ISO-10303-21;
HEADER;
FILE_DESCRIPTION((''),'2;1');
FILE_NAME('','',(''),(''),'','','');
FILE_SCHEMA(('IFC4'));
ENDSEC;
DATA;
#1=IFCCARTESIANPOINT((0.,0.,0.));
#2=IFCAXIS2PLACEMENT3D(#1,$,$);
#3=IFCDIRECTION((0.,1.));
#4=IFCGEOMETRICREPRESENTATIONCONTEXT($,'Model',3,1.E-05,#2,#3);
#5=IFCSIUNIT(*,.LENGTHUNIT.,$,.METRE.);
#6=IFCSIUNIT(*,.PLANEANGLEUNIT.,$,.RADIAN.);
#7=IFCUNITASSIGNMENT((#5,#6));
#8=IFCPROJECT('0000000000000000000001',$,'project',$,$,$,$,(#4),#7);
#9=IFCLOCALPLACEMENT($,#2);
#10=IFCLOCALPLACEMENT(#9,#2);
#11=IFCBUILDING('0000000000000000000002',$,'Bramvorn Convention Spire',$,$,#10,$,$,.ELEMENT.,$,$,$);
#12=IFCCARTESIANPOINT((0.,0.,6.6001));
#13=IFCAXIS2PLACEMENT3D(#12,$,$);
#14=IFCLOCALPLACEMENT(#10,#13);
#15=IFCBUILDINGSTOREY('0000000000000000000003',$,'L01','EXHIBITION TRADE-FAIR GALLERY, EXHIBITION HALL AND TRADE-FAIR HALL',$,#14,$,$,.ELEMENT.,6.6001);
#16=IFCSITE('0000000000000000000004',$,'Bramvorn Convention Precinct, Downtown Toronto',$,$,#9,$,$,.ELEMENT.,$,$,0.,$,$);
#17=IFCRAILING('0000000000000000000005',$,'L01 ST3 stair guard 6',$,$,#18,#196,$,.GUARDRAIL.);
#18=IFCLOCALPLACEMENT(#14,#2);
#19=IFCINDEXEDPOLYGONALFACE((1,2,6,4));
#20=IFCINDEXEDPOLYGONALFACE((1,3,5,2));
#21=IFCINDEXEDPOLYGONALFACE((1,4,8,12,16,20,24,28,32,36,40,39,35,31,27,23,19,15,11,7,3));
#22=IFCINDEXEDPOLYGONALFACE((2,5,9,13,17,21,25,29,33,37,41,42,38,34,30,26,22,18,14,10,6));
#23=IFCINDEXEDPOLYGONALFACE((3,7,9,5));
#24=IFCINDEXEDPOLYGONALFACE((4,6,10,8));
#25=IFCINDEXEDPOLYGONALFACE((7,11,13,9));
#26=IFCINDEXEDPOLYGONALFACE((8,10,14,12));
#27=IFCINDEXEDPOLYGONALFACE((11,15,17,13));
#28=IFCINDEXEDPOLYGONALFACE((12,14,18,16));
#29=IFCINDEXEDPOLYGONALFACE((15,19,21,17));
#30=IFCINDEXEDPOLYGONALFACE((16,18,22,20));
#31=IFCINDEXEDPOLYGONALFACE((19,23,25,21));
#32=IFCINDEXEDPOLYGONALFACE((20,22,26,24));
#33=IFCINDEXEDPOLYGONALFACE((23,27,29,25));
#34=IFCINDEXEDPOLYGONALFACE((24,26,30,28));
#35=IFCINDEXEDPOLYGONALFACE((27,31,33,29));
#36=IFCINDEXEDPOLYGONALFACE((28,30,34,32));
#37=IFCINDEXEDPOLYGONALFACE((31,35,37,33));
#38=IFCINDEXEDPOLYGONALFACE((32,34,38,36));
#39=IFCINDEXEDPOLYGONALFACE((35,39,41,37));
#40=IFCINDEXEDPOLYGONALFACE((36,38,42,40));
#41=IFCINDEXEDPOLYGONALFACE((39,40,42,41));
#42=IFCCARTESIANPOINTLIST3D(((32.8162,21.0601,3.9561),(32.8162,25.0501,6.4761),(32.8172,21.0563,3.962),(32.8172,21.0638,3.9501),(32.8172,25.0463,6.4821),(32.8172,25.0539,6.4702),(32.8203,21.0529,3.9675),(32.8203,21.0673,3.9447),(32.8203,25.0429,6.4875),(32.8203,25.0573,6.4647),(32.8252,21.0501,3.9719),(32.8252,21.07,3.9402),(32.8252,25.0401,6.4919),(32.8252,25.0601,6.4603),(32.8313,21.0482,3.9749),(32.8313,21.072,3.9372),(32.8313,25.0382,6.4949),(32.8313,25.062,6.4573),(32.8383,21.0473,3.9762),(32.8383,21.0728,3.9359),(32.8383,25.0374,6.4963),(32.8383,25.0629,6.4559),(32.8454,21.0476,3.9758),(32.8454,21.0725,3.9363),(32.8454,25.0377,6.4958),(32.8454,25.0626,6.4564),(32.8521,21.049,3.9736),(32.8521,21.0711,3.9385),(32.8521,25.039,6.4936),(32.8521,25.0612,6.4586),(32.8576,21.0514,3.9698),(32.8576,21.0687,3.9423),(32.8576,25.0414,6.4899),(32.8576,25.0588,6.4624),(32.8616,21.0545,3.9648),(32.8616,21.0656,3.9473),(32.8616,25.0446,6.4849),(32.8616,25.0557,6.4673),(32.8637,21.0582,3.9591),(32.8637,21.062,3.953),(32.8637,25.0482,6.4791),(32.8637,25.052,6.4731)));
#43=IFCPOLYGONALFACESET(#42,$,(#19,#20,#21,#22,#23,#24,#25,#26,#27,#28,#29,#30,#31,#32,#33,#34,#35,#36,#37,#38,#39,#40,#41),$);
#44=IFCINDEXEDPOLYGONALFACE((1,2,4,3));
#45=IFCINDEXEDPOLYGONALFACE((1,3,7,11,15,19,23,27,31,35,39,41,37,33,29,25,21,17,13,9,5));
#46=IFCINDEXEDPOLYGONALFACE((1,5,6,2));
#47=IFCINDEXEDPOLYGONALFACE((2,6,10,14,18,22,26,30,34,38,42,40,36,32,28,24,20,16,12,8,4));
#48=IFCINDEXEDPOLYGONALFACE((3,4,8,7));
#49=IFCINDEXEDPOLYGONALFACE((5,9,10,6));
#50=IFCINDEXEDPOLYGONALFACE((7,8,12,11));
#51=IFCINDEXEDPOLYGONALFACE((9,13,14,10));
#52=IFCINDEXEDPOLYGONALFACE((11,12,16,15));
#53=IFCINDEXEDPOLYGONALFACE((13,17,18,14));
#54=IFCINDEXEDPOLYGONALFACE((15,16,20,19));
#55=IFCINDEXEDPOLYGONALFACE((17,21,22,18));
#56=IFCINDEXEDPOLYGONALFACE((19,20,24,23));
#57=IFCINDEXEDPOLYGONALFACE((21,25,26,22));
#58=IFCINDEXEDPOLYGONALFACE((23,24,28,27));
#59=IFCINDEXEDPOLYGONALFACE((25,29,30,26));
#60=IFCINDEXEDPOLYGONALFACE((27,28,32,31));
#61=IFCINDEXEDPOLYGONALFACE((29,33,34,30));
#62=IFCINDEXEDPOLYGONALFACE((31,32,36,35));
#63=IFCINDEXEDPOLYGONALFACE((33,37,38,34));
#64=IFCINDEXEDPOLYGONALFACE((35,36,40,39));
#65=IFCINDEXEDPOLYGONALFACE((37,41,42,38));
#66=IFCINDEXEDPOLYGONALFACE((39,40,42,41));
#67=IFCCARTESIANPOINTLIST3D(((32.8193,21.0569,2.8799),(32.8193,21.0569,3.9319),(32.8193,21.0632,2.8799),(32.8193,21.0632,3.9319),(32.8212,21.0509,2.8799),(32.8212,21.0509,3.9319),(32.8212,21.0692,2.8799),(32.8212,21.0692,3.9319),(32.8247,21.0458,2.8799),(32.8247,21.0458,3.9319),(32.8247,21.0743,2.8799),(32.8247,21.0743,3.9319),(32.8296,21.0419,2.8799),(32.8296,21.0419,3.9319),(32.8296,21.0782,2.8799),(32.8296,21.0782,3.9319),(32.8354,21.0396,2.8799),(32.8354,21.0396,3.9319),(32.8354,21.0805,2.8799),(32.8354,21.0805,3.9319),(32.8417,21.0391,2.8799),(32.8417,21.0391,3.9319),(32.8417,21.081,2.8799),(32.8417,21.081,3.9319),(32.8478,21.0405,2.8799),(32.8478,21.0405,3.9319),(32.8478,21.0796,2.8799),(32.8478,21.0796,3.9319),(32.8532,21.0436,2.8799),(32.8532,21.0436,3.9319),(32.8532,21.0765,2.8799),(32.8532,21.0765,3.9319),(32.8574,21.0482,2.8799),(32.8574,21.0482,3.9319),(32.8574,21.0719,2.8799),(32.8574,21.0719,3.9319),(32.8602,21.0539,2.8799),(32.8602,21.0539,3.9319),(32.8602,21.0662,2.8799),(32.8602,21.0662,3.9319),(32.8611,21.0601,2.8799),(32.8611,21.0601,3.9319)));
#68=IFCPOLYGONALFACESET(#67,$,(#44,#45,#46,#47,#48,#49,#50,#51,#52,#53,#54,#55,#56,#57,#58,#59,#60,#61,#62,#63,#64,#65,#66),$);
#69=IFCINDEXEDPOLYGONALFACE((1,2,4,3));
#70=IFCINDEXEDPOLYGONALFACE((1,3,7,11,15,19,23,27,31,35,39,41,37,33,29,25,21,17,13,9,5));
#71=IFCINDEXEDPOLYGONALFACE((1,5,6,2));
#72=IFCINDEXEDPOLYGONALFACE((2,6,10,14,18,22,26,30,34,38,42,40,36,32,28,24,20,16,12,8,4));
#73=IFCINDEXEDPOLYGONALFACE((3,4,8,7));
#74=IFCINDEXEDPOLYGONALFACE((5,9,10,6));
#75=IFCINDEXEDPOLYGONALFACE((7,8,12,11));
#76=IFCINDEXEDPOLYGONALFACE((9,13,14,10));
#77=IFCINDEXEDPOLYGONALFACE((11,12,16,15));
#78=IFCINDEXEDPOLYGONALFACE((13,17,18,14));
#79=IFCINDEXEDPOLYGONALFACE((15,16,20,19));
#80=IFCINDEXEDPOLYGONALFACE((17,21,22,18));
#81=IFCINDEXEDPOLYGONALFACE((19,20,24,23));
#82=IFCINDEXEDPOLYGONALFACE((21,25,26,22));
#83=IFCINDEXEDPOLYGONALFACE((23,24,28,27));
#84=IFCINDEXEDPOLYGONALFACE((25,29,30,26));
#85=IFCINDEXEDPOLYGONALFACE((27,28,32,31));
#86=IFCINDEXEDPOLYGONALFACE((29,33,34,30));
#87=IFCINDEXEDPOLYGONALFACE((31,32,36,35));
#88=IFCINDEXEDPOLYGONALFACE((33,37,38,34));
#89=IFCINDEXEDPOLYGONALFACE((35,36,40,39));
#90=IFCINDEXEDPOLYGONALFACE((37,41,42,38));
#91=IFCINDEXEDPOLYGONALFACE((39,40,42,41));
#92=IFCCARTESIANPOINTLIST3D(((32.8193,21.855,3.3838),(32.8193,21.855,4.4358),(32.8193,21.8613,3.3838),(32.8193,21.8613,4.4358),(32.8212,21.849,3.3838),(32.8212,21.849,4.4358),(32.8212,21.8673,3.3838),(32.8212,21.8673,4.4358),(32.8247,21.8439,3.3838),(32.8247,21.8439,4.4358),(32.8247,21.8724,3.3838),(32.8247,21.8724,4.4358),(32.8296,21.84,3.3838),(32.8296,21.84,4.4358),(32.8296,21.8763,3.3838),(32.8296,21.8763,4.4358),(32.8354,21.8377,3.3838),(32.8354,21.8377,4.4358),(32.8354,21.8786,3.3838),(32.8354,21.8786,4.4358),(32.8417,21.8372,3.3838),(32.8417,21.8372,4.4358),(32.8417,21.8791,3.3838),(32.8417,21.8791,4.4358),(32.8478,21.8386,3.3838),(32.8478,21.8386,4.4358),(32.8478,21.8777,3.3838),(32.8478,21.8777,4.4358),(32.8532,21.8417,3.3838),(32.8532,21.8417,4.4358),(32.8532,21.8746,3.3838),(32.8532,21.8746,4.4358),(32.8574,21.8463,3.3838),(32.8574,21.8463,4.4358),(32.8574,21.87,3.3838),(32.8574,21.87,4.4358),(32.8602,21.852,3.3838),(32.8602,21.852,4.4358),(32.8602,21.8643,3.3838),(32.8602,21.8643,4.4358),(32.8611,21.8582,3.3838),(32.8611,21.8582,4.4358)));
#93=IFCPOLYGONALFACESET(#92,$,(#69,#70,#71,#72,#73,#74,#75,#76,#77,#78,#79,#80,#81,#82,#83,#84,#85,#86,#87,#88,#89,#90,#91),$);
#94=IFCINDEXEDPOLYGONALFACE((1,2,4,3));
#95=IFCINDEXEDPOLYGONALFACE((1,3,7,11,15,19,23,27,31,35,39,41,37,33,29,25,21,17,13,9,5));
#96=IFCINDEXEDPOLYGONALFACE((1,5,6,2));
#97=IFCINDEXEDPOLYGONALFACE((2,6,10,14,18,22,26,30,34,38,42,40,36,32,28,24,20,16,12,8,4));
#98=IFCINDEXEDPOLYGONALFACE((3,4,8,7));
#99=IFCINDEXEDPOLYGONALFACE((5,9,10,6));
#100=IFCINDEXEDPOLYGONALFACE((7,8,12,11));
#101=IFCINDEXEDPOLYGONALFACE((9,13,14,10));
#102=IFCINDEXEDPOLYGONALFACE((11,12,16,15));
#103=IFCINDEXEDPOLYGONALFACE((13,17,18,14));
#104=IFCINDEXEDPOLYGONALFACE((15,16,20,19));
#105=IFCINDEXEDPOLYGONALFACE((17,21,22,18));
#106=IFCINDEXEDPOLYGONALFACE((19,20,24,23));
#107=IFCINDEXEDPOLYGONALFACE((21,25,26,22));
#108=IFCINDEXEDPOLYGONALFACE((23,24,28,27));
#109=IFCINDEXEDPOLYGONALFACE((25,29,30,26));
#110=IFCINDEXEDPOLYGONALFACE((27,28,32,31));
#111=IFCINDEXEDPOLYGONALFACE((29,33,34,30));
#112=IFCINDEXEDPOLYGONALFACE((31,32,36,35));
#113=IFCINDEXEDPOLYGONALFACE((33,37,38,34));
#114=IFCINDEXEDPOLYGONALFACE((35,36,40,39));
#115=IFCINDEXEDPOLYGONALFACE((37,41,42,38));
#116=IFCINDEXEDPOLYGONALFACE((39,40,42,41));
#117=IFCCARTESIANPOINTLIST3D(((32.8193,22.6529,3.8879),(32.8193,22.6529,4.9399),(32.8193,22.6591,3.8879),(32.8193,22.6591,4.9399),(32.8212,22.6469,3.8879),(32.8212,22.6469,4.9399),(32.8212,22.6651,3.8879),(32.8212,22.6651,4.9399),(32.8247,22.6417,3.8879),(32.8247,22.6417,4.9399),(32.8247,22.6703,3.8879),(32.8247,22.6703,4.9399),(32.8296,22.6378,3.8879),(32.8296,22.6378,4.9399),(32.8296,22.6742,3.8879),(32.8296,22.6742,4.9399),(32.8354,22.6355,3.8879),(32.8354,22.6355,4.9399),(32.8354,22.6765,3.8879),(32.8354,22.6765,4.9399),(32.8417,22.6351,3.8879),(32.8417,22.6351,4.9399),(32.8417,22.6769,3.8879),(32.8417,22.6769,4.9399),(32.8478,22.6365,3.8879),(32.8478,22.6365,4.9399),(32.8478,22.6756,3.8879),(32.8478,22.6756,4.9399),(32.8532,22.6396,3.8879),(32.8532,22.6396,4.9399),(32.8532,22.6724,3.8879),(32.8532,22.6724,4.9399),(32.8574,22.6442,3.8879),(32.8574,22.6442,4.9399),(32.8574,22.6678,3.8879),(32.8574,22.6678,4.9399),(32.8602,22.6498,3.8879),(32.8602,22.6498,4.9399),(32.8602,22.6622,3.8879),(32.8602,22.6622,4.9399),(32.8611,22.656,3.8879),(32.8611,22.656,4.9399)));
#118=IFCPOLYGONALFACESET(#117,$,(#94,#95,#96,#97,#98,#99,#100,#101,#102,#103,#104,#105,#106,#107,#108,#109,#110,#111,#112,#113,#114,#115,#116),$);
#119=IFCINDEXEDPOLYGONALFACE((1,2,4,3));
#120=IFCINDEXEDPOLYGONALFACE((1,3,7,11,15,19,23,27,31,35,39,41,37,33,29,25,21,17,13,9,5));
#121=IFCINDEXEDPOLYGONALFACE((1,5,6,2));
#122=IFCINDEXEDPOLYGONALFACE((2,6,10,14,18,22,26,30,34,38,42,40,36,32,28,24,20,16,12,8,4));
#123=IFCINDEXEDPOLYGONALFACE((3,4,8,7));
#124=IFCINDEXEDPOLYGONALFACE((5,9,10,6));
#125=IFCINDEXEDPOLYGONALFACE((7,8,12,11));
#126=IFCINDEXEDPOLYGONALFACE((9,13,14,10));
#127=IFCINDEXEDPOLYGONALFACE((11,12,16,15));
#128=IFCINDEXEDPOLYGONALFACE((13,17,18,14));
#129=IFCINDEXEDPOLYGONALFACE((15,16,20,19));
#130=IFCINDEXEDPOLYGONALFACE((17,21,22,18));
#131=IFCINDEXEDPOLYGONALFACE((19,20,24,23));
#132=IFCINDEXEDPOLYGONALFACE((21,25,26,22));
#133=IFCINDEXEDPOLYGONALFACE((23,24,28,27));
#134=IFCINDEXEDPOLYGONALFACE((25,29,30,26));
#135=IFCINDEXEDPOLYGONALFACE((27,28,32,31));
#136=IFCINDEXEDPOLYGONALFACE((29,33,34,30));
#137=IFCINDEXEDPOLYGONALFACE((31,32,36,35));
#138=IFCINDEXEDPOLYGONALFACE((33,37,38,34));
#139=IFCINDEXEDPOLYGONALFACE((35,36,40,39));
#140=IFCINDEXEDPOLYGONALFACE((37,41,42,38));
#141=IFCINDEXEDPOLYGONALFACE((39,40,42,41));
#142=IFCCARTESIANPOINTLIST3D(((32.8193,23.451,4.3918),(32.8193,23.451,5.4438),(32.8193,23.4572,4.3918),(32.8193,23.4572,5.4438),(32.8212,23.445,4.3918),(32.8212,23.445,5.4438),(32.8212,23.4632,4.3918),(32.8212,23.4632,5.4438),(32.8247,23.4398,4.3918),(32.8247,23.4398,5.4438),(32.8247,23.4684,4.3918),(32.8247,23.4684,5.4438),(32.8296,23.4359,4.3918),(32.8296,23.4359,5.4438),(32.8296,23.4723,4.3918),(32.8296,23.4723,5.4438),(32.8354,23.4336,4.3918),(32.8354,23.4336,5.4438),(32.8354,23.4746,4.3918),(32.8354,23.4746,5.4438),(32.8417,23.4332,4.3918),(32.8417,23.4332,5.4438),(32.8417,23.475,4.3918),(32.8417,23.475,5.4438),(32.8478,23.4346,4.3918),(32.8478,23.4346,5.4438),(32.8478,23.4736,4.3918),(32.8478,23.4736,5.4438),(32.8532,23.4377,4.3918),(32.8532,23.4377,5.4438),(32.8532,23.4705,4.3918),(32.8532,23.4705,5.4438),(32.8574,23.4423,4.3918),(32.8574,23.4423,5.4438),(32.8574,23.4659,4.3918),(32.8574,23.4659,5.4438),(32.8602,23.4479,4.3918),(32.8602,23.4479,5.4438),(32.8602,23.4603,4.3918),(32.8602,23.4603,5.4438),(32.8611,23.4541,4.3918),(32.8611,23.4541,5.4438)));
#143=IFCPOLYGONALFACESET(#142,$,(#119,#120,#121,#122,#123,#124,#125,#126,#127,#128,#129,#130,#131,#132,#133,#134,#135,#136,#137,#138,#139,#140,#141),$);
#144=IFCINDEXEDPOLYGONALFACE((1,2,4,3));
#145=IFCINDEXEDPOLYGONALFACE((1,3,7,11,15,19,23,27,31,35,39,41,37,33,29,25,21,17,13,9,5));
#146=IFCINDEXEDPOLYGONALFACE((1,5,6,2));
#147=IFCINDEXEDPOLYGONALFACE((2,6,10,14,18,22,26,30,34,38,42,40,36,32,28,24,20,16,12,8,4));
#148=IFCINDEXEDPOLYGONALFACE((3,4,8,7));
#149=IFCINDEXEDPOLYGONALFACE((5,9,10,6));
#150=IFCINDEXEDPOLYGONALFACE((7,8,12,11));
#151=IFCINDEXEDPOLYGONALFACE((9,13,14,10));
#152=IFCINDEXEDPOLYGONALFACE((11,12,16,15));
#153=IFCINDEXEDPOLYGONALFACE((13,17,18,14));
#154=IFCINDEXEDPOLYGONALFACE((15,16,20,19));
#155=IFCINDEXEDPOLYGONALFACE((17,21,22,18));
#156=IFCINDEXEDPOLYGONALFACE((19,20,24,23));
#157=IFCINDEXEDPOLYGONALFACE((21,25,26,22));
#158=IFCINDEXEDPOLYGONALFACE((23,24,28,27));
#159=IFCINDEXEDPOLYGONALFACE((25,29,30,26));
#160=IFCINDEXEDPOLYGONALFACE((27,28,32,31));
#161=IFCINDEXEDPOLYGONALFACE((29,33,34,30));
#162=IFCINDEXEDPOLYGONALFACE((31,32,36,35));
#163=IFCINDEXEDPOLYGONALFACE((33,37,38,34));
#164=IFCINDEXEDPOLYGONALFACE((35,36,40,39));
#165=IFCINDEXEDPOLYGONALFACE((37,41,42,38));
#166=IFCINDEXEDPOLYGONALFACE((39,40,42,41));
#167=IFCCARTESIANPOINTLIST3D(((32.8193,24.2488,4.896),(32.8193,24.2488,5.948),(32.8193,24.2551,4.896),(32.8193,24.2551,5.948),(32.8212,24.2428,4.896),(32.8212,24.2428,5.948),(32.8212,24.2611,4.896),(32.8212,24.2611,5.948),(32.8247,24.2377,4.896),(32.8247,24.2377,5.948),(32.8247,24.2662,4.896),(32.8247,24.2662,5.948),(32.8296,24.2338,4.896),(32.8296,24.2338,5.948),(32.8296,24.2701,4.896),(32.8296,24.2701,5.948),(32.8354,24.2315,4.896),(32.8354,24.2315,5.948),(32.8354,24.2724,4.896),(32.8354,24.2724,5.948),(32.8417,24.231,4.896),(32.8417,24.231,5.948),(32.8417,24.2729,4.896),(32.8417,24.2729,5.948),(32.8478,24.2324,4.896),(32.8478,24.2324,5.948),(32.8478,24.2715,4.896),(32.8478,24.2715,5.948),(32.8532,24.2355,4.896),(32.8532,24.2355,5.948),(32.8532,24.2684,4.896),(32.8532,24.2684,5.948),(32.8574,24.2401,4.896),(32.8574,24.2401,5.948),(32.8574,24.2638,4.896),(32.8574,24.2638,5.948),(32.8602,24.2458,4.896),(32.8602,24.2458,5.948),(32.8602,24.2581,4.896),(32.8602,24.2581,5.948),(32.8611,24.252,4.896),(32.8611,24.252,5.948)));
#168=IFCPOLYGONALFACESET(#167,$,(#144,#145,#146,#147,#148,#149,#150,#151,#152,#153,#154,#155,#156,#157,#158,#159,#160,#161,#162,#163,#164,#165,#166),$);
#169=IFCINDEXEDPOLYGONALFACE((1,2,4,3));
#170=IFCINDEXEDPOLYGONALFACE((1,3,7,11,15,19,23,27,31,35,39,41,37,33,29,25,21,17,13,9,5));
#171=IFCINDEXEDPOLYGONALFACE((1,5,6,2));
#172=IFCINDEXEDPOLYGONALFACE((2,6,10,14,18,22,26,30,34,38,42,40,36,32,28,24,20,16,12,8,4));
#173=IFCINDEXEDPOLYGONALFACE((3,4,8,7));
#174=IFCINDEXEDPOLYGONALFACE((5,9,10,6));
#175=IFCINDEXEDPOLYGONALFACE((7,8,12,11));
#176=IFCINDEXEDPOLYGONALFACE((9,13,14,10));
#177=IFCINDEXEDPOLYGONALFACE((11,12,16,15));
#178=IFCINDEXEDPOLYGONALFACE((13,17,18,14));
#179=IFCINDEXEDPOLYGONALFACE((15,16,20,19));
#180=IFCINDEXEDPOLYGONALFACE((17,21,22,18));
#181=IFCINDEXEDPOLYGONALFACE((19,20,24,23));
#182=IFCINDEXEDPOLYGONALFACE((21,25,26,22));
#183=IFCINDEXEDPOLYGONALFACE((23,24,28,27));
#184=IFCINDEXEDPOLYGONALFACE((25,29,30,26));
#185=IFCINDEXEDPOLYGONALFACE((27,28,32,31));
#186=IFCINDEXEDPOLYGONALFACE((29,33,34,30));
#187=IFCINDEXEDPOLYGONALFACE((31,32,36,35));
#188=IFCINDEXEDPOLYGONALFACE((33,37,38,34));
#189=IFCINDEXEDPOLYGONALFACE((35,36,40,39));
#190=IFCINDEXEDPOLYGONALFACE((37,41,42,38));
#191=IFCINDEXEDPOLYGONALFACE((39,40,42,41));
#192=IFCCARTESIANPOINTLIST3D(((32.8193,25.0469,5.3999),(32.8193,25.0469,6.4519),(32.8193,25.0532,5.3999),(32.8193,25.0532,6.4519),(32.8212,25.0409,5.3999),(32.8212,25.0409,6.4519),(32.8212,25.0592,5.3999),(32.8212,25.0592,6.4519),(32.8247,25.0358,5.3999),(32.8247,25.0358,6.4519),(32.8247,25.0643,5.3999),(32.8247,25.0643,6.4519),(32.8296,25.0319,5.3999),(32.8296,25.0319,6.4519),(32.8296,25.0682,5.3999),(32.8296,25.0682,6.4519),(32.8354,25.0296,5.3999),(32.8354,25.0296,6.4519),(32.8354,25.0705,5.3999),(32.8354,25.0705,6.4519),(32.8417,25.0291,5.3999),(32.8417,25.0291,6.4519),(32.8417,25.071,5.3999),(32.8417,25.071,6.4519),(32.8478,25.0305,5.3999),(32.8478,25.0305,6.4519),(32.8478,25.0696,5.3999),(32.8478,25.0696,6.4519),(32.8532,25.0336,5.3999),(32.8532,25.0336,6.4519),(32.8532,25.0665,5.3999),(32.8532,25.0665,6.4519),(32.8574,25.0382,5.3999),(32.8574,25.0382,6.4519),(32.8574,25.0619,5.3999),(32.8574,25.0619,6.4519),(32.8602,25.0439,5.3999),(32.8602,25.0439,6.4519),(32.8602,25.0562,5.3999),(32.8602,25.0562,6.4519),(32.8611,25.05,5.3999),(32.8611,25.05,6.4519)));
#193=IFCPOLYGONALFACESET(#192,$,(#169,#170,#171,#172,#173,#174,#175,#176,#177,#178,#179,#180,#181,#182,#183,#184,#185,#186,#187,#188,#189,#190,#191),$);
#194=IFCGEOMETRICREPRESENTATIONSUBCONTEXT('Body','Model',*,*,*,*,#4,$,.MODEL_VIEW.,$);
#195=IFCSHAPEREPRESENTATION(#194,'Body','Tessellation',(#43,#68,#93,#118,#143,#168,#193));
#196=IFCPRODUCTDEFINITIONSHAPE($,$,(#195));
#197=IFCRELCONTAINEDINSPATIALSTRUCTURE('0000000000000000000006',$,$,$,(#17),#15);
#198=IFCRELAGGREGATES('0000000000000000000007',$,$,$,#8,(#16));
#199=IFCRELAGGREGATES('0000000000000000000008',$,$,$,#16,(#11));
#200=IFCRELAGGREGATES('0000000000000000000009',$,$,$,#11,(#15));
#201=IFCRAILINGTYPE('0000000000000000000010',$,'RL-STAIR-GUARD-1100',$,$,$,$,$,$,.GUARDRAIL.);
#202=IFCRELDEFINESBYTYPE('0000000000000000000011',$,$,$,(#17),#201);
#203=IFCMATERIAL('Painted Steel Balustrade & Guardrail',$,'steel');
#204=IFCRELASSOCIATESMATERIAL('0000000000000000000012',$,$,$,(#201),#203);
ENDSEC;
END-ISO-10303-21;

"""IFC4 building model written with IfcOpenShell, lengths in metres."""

from ifc_helpers import new_model, si_unit, direction, frame, origin, origin_2d, place, context, subcontext, project, spatial, circle, extrude, material, type_object, element, save


model = new_model("IFC4")

# Units and contexts
model_context = context("Model", 3, precision=1e-05, world=origin(), true_north=direction((0.0, 1.0)))
body_context = subcontext(model_context, "Body", "Model", "MODEL_VIEW")
ifc_project = project(units=[si_unit("LENGTHUNIT", "METRE"), si_unit("PLANEANGLEUNIT", "RADIAN")], contexts=[model_context])

# Site, building, storey
site_placement = place(None, origin())
site = spatial("IfcSite", under=ifc_project, at=site_placement, Name="Bramvorn Convention Precinct, Downtown Toronto", CompositionType="ELEMENT", RefElevation=0.0)
building_placement = place(site_placement, origin())
building = spatial("IfcBuilding", under=site, at=building_placement, Name="Bramvorn Convention Spire", CompositionType="ELEMENT")
storey_placement = place(building_placement, frame((0.0, 0.0, 6.6001)))
storey = spatial("IfcBuildingStorey", under=building, at=storey_placement, Name="L01", Description="EXHIBITION TRADE-FAIR GALLERY, EXHIBITION HALL AND TRADE-FAIR HALL", CompositionType="ELEMENT", Elevation=6.6001)

# Railing
ifc_material_1 = material(Name="Painted Steel Balustrade & Guardrail", Category="steel")
railing_type_1 = type_object("IfcRailingType", Name="RL-STAIR-GUARD-1100", PredefinedType="GUARDRAIL", material=ifc_material_1)
railing_1_placement = place(storey_placement, frame((32.8401, 21.0601, 2.8799)))
element("IfcRailing", 1, at=railing_1_placement, inside=storey, type_object=railing_type_1, Name="L01 ST3 stair guard 6", PredefinedType="GUARDRAIL", context=body_context, shape_type="SweptSolid", body=[
    extrude(circle(Radius=0.0239, at=origin_2d()), frame((0.0, 0.0, 1.0762), z_axis=(0.0, 0.845486, 0.533997), x_axis=(-1.0, 0.0, 0.0)), (0.0, 0.0, 1.0), 4.7192),
    extrude(circle(Radius=0.021, at=origin_2d()), origin(), (0.0, 0.0, 1.0), 1.052),
    extrude(circle(Radius=0.021, at=origin_2d()), frame((0.0, 0.7981, 0.5039)), (0.0, 0.0, 1.0), 1.052),
    extrude(circle(Radius=0.021, at=origin_2d()), frame((0.0, 1.5959, 1.0081)), (0.0, 0.0, 1.0), 1.052),
    extrude(circle(Radius=0.021, at=origin_2d()), frame((0.0, 2.394, 1.512)), (0.0, 0.0, 1.0), 1.052),
    extrude(circle(Radius=0.021, at=origin_2d()), frame((0.0, 3.1919, 2.0161)), (0.0, 0.0, 1.0), 1.052),
    extrude(circle(Radius=0.021, at=origin_2d()), frame((0.0, 3.99, 2.52)), (0.0, 0.0, 1.0), 1.052),
])

save(model, "model.ifc")
